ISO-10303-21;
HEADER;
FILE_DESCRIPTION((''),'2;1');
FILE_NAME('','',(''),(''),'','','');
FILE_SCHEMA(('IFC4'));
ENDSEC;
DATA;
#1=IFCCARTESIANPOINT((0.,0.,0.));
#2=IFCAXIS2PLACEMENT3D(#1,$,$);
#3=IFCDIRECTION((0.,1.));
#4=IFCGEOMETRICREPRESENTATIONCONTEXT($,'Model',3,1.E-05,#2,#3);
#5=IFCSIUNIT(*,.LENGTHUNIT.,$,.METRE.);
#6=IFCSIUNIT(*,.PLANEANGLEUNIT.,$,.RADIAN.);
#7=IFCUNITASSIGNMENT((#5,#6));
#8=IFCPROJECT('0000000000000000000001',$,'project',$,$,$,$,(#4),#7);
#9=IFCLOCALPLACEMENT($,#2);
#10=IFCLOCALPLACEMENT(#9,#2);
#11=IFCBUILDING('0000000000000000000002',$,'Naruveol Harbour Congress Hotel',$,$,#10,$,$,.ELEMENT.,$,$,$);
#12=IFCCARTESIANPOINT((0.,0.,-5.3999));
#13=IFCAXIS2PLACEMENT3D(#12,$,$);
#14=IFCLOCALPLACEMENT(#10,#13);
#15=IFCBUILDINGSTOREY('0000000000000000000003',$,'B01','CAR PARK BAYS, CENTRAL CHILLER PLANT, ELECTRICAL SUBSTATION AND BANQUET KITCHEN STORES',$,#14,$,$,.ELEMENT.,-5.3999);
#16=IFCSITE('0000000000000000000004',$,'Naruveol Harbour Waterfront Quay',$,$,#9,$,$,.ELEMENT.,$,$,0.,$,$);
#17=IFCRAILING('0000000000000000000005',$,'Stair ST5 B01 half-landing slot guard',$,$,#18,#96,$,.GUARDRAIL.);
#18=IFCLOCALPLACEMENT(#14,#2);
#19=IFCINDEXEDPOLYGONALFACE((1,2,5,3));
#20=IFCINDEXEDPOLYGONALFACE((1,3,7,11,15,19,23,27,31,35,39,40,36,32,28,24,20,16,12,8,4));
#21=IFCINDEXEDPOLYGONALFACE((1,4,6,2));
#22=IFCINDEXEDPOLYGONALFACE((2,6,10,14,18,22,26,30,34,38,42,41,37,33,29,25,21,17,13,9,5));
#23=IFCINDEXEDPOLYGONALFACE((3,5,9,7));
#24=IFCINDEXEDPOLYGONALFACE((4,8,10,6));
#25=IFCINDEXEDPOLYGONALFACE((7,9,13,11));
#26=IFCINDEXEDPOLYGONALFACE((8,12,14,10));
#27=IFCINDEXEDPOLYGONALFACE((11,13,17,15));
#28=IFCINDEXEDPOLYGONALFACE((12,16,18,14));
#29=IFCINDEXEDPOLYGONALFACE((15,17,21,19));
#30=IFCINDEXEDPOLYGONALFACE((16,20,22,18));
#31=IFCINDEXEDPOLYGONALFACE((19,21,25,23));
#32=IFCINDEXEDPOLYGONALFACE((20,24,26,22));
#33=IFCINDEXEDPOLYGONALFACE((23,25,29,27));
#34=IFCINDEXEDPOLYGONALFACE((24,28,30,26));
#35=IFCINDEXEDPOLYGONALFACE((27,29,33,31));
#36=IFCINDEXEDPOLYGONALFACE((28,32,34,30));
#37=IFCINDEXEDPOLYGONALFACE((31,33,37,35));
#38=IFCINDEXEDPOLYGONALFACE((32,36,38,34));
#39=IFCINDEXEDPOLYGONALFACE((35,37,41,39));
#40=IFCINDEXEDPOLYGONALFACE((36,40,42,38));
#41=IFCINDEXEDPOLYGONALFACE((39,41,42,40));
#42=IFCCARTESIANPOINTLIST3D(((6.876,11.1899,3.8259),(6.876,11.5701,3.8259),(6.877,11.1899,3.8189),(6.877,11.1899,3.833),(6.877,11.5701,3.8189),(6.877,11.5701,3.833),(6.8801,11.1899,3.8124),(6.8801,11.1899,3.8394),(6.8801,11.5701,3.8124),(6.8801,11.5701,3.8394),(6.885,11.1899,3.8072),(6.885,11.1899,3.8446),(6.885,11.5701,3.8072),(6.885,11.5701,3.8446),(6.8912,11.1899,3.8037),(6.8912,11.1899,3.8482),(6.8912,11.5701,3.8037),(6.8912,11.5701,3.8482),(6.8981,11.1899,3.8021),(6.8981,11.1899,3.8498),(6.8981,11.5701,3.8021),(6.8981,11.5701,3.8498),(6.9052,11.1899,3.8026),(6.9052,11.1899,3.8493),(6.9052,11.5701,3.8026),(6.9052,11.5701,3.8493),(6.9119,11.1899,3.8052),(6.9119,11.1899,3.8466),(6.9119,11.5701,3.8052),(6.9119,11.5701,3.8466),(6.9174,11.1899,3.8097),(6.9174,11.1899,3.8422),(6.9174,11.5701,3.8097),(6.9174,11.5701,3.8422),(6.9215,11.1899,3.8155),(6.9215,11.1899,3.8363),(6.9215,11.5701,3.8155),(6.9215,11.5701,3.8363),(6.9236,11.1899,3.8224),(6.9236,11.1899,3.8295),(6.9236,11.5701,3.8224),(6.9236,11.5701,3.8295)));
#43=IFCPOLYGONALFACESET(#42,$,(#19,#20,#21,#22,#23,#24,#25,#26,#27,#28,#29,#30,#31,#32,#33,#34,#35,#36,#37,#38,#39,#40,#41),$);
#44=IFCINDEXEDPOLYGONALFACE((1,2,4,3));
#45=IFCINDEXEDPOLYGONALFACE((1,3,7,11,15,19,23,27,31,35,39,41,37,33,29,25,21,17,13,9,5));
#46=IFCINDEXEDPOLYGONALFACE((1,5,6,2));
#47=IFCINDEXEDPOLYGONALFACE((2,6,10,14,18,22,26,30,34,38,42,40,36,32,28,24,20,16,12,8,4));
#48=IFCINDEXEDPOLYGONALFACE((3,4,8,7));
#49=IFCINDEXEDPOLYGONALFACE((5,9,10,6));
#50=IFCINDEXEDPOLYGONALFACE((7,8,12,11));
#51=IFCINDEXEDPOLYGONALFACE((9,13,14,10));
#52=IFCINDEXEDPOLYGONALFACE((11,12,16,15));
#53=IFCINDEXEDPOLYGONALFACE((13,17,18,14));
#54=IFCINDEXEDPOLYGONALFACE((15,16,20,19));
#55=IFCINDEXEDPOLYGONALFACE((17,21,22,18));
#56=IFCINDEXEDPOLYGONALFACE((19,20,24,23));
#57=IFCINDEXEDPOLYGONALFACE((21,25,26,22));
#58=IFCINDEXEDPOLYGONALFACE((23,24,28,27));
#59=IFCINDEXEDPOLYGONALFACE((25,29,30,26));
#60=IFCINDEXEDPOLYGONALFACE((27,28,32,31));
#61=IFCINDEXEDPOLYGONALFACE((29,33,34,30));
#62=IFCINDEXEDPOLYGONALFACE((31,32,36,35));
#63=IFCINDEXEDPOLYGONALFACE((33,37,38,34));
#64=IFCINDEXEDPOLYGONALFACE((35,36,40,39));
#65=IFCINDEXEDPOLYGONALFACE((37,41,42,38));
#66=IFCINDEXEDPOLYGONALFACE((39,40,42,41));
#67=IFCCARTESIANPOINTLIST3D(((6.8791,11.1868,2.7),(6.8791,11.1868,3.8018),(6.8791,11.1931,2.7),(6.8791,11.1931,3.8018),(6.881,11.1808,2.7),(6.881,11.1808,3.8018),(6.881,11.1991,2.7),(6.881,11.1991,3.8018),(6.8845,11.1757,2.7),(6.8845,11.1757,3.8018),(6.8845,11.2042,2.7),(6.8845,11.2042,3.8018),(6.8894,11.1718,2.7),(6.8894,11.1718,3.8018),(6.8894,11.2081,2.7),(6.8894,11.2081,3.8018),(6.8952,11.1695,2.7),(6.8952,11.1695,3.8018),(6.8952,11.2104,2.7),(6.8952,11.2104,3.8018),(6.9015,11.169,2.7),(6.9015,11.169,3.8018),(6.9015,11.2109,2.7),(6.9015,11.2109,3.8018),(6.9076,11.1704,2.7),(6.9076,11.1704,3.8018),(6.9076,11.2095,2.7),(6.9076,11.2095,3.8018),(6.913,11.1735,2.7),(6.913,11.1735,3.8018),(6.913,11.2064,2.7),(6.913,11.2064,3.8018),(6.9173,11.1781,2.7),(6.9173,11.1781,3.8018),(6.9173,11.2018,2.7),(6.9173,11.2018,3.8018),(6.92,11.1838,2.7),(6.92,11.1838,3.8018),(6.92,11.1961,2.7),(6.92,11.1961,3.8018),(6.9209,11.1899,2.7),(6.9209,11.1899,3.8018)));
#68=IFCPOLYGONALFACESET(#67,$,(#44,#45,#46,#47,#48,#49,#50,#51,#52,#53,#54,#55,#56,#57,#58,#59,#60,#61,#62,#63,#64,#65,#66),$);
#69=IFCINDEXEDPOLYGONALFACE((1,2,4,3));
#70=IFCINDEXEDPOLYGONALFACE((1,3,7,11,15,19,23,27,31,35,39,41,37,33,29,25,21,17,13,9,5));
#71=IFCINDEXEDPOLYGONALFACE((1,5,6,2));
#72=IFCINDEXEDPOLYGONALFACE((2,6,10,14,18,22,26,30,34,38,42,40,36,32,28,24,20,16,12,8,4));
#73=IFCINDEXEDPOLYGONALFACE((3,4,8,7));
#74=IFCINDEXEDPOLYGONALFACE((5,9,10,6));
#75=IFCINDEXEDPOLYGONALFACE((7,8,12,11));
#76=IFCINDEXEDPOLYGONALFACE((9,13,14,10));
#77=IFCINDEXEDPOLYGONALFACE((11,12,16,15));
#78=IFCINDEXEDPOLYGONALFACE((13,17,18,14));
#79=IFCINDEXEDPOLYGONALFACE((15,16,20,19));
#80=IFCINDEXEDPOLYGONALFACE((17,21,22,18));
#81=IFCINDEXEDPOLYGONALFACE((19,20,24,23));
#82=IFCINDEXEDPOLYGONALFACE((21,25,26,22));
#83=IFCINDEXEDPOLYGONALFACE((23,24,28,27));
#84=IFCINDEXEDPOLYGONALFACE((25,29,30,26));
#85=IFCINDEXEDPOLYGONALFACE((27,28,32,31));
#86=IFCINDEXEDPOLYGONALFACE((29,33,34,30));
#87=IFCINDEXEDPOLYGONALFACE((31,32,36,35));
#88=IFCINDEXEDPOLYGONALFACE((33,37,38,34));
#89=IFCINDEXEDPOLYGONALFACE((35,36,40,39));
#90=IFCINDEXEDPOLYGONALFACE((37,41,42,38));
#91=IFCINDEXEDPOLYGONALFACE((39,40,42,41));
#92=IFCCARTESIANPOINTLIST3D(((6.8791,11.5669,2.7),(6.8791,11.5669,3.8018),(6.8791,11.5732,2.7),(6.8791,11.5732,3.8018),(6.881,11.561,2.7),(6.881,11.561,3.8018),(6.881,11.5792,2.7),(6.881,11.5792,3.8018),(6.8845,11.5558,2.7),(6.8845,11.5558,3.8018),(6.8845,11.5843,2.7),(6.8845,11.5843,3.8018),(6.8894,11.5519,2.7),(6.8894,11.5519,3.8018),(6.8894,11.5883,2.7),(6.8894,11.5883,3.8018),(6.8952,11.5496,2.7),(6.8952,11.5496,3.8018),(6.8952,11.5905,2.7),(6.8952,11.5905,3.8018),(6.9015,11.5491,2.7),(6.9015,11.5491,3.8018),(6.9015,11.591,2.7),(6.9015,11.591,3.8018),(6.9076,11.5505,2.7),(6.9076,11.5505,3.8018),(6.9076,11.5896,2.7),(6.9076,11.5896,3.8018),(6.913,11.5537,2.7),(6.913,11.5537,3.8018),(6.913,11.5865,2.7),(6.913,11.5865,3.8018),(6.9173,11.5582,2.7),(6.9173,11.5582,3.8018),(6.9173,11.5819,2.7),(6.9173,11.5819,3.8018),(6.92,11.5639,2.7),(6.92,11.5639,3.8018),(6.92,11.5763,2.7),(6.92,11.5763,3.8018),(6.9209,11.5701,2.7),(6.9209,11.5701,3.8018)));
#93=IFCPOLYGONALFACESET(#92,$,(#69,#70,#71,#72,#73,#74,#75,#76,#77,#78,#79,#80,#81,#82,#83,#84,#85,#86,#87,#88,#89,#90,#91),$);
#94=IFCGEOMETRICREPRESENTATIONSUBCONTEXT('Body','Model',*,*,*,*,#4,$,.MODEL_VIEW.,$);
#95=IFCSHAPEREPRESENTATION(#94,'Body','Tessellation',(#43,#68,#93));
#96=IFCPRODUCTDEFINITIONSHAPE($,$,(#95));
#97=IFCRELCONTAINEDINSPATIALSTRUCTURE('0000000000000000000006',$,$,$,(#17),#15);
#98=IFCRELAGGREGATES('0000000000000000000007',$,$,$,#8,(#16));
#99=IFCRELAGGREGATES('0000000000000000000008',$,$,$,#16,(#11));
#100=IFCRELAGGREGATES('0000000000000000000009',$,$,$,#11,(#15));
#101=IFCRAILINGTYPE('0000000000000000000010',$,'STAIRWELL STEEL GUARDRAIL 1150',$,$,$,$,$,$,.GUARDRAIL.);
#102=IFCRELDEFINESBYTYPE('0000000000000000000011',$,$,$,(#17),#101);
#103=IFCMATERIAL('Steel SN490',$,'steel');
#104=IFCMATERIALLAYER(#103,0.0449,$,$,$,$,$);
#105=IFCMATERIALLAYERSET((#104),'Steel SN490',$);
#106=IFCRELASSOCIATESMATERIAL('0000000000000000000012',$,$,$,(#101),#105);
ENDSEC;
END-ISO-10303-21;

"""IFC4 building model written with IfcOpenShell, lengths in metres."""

from ifc_helpers import new_model, si_unit, direction, frame, origin, origin_2d, place, context, subcontext, project, spatial, circle, extrude, material, layer, layer_set, type_object, element, save


model = new_model("IFC4")

# Units and contexts
model_context = context("Model", 3, precision=1e-05, world=origin(), true_north=direction((0.0, 1.0)))
body_context = subcontext(model_context, "Body", "Model", "MODEL_VIEW")
ifc_project = project(units=[si_unit("LENGTHUNIT", "METRE"), si_unit("PLANEANGLEUNIT", "RADIAN")], contexts=[model_context])

# Site, building, storey
site_placement = place(None, origin())
site = spatial("IfcSite", under=ifc_project, at=site_placement, Name="Naruveol Harbour Waterfront Quay", CompositionType="ELEMENT", RefElevation=0.0)
building_placement = place(site_placement, origin())
building = spatial("IfcBuilding", under=site, at=building_placement, Name="Naruveol Harbour Congress Hotel", CompositionType="ELEMENT")
storey_placement = place(building_placement, frame((0.0, 0.0, -5.3999)))
storey = spatial("IfcBuildingStorey", under=building, at=storey_placement, Name="B01", Description="CAR PARK BAYS, CENTRAL CHILLER PLANT, ELECTRICAL SUBSTATION AND BANQUET KITCHEN STORES", CompositionType="ELEMENT", Elevation=-5.3999)

# Railing
ifc_material_1 = material(Name="Steel SN490", Category="steel")
ifc_layer_1 = layer(ifc_material_1, 0.0449)
ifc_layer_set_1 = layer_set([ifc_layer_1], Name="Steel SN490")
railing_type_1 = type_object("IfcRailingType", Name="STAIRWELL STEEL GUARDRAIL 1150", PredefinedType="GUARDRAIL", material=ifc_layer_set_1)
railing_1_placement = place(storey_placement, frame((6.8999, 11.1899, 2.7)))
element("IfcRailing", 1, at=railing_1_placement, inside=storey, type_object=railing_type_1, Name="Stair ST5 B01 half-landing slot guard", PredefinedType="GUARDRAIL", context=body_context, shape_type="SweptSolid", body=[
    extrude(circle(Radius=0.0239, at=origin_2d()), frame((0.0, 0.0, 1.126), z_axis=(0.0, 1.0, 0.0), x_axis=(-1.0, 0.0, 0.0)), (0.0, 0.0, 1.0), 0.3801),
    extrude(circle(Radius=0.021, at=origin_2d()), origin(), (0.0, 0.0, 1.0), 1.1018),
    extrude(circle(Radius=0.021, at=origin_2d()), frame((0.0, 0.3801, 0.0)), (0.0, 0.0, 1.0), 1.1018),
])

save(model, "model.ifc")
